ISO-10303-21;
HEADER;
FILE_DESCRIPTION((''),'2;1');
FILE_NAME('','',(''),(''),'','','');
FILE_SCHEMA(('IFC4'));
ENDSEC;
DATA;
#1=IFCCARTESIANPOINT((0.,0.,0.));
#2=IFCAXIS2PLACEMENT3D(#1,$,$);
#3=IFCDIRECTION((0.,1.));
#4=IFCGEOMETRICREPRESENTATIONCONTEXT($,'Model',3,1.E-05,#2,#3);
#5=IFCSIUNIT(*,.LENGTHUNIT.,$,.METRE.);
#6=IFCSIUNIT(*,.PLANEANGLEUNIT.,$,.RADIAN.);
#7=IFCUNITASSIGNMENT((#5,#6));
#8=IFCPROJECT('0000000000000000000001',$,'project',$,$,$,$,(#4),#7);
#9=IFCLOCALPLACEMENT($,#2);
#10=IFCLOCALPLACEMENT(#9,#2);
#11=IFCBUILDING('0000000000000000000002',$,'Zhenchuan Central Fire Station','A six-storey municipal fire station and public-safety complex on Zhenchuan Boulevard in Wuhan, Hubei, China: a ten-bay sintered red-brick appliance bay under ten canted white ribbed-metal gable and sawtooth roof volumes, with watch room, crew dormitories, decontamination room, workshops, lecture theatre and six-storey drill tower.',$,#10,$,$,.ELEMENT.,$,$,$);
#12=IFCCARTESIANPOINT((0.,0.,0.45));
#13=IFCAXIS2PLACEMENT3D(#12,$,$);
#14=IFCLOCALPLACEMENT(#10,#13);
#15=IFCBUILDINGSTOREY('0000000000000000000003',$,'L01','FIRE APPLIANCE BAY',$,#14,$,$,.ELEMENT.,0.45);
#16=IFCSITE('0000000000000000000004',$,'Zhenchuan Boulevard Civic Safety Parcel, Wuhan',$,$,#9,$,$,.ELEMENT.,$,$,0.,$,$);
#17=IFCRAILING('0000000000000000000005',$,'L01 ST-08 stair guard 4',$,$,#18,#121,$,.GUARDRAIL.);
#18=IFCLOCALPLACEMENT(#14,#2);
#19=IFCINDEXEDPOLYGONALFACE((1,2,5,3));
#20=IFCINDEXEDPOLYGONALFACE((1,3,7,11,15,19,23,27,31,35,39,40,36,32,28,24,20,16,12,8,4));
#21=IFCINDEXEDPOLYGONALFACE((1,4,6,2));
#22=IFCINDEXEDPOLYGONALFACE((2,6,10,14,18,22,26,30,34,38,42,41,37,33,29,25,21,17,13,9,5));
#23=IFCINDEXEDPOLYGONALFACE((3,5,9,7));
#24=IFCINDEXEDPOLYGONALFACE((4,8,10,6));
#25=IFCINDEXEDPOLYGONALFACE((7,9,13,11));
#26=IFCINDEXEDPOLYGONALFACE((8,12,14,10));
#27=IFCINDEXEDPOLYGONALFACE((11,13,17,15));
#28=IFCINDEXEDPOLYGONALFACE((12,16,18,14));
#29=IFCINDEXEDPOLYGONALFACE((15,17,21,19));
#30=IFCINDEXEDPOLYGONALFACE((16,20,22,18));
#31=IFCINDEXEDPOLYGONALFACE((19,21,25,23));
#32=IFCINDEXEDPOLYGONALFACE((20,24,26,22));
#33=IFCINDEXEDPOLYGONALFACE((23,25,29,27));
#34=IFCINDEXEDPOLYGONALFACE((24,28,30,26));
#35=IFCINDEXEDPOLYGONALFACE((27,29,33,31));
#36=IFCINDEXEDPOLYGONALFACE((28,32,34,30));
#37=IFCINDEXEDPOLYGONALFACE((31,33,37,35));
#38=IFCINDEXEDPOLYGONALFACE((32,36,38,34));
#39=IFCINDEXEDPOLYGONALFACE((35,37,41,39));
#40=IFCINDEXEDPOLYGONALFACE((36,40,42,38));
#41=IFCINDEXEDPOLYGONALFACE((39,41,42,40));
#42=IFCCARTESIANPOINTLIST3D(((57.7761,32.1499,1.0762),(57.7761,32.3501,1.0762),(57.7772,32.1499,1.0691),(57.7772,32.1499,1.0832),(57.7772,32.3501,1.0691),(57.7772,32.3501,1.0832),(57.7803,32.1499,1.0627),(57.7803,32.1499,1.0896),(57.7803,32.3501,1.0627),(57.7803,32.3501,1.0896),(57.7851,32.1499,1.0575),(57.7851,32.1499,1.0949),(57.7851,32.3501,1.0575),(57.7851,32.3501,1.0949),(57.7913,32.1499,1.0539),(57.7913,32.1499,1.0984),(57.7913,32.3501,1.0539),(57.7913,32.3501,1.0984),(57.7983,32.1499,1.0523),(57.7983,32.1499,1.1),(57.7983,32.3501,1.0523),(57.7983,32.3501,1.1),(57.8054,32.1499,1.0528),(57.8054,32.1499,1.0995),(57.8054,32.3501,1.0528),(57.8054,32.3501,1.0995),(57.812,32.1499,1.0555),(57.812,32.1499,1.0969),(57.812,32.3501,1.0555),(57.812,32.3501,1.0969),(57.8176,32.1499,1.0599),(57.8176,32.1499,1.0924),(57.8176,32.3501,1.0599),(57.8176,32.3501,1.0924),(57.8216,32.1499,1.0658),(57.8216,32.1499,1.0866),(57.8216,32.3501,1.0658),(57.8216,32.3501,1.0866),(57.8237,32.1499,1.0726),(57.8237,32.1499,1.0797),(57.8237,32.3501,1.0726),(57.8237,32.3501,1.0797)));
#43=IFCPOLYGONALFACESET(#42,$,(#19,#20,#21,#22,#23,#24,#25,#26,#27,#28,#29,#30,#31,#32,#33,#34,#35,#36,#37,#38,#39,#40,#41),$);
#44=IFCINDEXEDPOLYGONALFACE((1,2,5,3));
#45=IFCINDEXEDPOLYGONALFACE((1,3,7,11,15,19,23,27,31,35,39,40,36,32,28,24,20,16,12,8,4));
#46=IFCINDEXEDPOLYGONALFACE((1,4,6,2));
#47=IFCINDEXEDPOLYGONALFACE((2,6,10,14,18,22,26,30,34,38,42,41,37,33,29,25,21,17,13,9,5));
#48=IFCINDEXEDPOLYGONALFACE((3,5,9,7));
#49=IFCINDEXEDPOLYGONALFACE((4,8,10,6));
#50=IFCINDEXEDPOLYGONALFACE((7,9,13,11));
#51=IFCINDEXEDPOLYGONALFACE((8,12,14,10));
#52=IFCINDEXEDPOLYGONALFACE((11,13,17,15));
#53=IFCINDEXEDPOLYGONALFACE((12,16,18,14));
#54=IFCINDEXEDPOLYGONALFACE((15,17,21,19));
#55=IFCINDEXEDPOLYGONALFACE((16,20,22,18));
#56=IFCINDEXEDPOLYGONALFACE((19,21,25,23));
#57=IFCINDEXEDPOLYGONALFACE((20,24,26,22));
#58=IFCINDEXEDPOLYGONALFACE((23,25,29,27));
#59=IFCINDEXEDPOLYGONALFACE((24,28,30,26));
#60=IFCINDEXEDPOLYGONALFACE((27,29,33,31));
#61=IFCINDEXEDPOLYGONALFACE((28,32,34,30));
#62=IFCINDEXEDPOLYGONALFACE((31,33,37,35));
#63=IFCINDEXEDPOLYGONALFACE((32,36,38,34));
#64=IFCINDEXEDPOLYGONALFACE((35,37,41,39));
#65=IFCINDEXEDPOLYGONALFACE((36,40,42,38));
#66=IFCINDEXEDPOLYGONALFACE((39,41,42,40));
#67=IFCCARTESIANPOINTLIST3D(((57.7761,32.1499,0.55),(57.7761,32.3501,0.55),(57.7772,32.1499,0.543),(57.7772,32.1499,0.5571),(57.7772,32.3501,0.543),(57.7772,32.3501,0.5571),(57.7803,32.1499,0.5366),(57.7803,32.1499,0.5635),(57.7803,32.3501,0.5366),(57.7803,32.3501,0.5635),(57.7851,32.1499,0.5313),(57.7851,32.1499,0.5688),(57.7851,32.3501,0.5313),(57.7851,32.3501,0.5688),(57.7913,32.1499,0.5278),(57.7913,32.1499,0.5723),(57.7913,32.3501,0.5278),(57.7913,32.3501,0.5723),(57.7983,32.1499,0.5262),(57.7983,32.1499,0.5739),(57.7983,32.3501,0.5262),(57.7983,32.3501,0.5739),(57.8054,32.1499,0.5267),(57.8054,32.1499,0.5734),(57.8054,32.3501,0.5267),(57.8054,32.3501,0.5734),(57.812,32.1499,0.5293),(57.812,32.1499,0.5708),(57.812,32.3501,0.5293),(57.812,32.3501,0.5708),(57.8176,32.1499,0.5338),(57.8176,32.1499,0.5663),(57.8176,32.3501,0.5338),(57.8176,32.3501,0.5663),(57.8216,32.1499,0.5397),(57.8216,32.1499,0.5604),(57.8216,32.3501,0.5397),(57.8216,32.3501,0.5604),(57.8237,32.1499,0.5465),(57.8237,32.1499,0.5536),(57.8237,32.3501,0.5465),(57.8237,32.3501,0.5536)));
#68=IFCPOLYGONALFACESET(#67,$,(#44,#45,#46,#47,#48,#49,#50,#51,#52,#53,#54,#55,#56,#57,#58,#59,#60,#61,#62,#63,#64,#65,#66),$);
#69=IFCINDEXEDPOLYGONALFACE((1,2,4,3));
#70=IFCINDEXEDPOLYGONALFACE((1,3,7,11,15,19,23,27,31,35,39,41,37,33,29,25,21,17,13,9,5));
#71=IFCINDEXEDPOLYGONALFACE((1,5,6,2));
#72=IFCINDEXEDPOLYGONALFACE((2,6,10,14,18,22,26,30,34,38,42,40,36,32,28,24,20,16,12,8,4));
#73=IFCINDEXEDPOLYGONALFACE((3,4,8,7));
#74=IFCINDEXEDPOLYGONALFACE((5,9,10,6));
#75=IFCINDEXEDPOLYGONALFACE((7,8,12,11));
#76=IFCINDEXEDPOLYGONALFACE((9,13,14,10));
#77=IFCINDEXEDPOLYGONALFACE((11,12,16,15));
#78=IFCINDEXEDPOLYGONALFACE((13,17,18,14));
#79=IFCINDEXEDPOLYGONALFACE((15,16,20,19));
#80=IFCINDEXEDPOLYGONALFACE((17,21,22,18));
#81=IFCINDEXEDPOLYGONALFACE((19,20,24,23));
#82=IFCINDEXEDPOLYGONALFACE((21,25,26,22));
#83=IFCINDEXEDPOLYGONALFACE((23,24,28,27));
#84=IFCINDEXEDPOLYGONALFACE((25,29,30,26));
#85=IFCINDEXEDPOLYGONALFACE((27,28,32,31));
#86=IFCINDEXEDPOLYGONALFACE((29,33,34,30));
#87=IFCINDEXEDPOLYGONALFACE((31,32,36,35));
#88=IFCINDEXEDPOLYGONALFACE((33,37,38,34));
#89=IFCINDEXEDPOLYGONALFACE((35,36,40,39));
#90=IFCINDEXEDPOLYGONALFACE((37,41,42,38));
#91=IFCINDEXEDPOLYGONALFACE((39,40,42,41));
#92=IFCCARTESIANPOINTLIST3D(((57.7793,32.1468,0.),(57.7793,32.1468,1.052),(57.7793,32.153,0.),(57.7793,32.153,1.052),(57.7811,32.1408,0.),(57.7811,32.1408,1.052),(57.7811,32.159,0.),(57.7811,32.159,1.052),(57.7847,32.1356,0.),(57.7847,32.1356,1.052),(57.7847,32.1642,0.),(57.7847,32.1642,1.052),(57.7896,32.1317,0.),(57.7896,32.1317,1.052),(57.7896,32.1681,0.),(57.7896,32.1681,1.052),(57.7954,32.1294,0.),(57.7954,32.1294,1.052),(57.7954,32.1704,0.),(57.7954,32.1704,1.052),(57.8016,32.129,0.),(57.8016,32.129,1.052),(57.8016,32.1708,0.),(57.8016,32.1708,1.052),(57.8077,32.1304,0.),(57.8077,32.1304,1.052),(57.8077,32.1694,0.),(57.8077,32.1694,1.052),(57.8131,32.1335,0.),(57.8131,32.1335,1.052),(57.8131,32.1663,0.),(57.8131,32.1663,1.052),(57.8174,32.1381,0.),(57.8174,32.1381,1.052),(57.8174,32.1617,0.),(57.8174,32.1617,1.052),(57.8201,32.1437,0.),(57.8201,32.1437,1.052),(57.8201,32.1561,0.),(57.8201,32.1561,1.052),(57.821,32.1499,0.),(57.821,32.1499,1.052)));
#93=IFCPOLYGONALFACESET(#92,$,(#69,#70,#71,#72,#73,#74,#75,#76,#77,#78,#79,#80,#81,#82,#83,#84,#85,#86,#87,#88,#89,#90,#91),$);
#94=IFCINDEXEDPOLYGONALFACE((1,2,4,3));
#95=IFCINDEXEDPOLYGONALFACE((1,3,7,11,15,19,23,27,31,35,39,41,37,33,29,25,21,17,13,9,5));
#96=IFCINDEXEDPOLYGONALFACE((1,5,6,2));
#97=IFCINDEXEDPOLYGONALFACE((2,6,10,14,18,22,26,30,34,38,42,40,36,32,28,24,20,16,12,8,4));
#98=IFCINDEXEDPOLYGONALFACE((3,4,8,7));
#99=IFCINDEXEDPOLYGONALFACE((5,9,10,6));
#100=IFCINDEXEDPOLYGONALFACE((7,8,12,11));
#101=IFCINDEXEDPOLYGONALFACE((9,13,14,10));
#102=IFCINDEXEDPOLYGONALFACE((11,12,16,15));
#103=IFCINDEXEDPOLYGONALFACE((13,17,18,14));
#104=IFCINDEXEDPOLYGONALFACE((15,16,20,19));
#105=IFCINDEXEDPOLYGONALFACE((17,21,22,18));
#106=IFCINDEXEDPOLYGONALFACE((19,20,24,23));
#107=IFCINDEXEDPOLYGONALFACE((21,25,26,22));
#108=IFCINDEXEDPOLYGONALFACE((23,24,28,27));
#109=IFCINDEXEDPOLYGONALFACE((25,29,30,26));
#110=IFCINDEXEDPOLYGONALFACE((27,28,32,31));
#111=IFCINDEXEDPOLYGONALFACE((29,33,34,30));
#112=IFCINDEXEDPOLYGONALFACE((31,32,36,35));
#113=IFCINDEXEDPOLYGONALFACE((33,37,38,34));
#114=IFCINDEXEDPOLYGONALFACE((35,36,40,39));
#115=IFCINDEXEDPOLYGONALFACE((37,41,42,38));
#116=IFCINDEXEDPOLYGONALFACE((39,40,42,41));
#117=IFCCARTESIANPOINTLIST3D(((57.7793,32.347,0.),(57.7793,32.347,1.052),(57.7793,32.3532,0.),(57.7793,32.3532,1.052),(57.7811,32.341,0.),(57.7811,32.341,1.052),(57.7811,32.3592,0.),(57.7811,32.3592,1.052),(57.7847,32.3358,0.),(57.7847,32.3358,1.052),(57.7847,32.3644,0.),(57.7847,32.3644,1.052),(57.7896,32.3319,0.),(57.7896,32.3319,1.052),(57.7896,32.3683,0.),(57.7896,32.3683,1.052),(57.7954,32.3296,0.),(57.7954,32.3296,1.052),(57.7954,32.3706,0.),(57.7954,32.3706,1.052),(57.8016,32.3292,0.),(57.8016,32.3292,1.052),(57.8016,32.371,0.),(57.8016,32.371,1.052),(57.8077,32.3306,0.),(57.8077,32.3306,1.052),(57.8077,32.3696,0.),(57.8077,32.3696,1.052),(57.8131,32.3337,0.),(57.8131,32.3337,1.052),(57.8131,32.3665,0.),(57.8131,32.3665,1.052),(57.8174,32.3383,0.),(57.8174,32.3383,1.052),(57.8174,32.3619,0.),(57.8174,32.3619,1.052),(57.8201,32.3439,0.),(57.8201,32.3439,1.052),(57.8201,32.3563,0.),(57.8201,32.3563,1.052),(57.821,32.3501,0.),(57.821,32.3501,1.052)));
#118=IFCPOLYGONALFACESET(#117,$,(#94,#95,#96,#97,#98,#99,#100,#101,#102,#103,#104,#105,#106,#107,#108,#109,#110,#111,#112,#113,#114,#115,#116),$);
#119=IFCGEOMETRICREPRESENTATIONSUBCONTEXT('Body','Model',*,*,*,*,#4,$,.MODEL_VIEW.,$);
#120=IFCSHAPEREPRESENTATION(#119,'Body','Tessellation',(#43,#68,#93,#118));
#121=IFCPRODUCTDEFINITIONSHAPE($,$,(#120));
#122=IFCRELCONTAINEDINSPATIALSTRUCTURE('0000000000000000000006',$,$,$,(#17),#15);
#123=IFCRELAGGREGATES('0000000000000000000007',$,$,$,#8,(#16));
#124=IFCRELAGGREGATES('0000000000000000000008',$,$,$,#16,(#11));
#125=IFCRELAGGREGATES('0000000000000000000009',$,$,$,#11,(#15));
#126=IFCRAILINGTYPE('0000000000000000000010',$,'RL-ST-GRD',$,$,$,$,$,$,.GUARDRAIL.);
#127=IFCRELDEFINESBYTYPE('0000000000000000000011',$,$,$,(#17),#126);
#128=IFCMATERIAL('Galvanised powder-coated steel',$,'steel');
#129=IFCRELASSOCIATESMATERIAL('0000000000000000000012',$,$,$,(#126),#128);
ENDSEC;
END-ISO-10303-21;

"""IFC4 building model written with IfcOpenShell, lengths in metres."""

from ifc_helpers import new_model, si_unit, direction, frame, origin, origin_2d, place, context, subcontext, project, spatial, circle, extrude, material, type_object, element, save


model = new_model("IFC4")

# Units and contexts
model_context = context("Model", 3, precision=1e-05, world=origin(), true_north=direction((0.0, 1.0)))
body_context = subcontext(model_context, "Body", "Model", "MODEL_VIEW")
ifc_project = project(units=[si_unit("LENGTHUNIT", "METRE"), si_unit("PLANEANGLEUNIT", "RADIAN")], contexts=[model_context])

# Site, building, storey
site_placement = place(None, origin())
site = spatial("IfcSite", under=ifc_project, at=site_placement, Name="Zhenchuan Boulevard Civic Safety Parcel, Wuhan", CompositionType="ELEMENT", RefElevation=0.0)
building_placement = place(site_placement, origin())
building = spatial("IfcBuilding", under=site, at=building_placement, Name="Zhenchuan Central Fire Station", Description="A six-storey municipal fire station and public-safety complex on Zhenchuan Boulevard in Wuhan, Hubei, China: a ten-bay sintered red-brick appliance bay under ten canted white ribbed-metal gable and sawtooth roof volumes, with watch room, crew dormitories, decontamination room, workshops, lecture theatre and six-storey drill tower.", CompositionType="ELEMENT")
storey_placement = place(building_placement, frame((0.0, 0.0, 0.45)))
storey = spatial("IfcBuildingStorey", under=building, at=storey_placement, Name="L01", Description="FIRE APPLIANCE BAY", CompositionType="ELEMENT", Elevation=0.45)

# Railing
ifc_material_1 = material(Name="Galvanised powder-coated steel", Category="steel")
railing_type_1 = type_object("IfcRailingType", Name="RL-ST-GRD", PredefinedType="GUARDRAIL", material=ifc_material_1)
railing_1_placement = place(storey_placement, frame((57.8, 32.1499, 0.0)))
element("IfcRailing", 1, at=railing_1_placement, inside=storey, type_object=railing_type_1, Name="L01 ST-08 stair guard 4", PredefinedType="GUARDRAIL", context=body_context, shape_type="SweptSolid", body=[
    extrude(circle(Radius=0.0239, at=origin_2d()), frame((0.0, 0.0, 1.0762), z_axis=(0.0, 1.0, 0.0), x_axis=(-1.0, 0.0, 0.0)), (0.0, 0.0, 1.0), 0.2002),
    extrude(circle(Radius=0.0239, at=origin_2d()), frame((0.0, 0.0, 0.55), z_axis=(0.0, 1.0, 0.0), x_axis=(-1.0, 0.0, 0.0)), (0.0, 0.0, 1.0), 0.2002),
    extrude(circle(Radius=0.021, at=origin_2d()), origin(), (0.0, 0.0, 1.0), 1.052),
    extrude(circle(Radius=0.021, at=origin_2d()), frame((0.0, 0.2002, 0.0)), (0.0, 0.0, 1.0), 1.052),
])

save(model, "model.ifc")
